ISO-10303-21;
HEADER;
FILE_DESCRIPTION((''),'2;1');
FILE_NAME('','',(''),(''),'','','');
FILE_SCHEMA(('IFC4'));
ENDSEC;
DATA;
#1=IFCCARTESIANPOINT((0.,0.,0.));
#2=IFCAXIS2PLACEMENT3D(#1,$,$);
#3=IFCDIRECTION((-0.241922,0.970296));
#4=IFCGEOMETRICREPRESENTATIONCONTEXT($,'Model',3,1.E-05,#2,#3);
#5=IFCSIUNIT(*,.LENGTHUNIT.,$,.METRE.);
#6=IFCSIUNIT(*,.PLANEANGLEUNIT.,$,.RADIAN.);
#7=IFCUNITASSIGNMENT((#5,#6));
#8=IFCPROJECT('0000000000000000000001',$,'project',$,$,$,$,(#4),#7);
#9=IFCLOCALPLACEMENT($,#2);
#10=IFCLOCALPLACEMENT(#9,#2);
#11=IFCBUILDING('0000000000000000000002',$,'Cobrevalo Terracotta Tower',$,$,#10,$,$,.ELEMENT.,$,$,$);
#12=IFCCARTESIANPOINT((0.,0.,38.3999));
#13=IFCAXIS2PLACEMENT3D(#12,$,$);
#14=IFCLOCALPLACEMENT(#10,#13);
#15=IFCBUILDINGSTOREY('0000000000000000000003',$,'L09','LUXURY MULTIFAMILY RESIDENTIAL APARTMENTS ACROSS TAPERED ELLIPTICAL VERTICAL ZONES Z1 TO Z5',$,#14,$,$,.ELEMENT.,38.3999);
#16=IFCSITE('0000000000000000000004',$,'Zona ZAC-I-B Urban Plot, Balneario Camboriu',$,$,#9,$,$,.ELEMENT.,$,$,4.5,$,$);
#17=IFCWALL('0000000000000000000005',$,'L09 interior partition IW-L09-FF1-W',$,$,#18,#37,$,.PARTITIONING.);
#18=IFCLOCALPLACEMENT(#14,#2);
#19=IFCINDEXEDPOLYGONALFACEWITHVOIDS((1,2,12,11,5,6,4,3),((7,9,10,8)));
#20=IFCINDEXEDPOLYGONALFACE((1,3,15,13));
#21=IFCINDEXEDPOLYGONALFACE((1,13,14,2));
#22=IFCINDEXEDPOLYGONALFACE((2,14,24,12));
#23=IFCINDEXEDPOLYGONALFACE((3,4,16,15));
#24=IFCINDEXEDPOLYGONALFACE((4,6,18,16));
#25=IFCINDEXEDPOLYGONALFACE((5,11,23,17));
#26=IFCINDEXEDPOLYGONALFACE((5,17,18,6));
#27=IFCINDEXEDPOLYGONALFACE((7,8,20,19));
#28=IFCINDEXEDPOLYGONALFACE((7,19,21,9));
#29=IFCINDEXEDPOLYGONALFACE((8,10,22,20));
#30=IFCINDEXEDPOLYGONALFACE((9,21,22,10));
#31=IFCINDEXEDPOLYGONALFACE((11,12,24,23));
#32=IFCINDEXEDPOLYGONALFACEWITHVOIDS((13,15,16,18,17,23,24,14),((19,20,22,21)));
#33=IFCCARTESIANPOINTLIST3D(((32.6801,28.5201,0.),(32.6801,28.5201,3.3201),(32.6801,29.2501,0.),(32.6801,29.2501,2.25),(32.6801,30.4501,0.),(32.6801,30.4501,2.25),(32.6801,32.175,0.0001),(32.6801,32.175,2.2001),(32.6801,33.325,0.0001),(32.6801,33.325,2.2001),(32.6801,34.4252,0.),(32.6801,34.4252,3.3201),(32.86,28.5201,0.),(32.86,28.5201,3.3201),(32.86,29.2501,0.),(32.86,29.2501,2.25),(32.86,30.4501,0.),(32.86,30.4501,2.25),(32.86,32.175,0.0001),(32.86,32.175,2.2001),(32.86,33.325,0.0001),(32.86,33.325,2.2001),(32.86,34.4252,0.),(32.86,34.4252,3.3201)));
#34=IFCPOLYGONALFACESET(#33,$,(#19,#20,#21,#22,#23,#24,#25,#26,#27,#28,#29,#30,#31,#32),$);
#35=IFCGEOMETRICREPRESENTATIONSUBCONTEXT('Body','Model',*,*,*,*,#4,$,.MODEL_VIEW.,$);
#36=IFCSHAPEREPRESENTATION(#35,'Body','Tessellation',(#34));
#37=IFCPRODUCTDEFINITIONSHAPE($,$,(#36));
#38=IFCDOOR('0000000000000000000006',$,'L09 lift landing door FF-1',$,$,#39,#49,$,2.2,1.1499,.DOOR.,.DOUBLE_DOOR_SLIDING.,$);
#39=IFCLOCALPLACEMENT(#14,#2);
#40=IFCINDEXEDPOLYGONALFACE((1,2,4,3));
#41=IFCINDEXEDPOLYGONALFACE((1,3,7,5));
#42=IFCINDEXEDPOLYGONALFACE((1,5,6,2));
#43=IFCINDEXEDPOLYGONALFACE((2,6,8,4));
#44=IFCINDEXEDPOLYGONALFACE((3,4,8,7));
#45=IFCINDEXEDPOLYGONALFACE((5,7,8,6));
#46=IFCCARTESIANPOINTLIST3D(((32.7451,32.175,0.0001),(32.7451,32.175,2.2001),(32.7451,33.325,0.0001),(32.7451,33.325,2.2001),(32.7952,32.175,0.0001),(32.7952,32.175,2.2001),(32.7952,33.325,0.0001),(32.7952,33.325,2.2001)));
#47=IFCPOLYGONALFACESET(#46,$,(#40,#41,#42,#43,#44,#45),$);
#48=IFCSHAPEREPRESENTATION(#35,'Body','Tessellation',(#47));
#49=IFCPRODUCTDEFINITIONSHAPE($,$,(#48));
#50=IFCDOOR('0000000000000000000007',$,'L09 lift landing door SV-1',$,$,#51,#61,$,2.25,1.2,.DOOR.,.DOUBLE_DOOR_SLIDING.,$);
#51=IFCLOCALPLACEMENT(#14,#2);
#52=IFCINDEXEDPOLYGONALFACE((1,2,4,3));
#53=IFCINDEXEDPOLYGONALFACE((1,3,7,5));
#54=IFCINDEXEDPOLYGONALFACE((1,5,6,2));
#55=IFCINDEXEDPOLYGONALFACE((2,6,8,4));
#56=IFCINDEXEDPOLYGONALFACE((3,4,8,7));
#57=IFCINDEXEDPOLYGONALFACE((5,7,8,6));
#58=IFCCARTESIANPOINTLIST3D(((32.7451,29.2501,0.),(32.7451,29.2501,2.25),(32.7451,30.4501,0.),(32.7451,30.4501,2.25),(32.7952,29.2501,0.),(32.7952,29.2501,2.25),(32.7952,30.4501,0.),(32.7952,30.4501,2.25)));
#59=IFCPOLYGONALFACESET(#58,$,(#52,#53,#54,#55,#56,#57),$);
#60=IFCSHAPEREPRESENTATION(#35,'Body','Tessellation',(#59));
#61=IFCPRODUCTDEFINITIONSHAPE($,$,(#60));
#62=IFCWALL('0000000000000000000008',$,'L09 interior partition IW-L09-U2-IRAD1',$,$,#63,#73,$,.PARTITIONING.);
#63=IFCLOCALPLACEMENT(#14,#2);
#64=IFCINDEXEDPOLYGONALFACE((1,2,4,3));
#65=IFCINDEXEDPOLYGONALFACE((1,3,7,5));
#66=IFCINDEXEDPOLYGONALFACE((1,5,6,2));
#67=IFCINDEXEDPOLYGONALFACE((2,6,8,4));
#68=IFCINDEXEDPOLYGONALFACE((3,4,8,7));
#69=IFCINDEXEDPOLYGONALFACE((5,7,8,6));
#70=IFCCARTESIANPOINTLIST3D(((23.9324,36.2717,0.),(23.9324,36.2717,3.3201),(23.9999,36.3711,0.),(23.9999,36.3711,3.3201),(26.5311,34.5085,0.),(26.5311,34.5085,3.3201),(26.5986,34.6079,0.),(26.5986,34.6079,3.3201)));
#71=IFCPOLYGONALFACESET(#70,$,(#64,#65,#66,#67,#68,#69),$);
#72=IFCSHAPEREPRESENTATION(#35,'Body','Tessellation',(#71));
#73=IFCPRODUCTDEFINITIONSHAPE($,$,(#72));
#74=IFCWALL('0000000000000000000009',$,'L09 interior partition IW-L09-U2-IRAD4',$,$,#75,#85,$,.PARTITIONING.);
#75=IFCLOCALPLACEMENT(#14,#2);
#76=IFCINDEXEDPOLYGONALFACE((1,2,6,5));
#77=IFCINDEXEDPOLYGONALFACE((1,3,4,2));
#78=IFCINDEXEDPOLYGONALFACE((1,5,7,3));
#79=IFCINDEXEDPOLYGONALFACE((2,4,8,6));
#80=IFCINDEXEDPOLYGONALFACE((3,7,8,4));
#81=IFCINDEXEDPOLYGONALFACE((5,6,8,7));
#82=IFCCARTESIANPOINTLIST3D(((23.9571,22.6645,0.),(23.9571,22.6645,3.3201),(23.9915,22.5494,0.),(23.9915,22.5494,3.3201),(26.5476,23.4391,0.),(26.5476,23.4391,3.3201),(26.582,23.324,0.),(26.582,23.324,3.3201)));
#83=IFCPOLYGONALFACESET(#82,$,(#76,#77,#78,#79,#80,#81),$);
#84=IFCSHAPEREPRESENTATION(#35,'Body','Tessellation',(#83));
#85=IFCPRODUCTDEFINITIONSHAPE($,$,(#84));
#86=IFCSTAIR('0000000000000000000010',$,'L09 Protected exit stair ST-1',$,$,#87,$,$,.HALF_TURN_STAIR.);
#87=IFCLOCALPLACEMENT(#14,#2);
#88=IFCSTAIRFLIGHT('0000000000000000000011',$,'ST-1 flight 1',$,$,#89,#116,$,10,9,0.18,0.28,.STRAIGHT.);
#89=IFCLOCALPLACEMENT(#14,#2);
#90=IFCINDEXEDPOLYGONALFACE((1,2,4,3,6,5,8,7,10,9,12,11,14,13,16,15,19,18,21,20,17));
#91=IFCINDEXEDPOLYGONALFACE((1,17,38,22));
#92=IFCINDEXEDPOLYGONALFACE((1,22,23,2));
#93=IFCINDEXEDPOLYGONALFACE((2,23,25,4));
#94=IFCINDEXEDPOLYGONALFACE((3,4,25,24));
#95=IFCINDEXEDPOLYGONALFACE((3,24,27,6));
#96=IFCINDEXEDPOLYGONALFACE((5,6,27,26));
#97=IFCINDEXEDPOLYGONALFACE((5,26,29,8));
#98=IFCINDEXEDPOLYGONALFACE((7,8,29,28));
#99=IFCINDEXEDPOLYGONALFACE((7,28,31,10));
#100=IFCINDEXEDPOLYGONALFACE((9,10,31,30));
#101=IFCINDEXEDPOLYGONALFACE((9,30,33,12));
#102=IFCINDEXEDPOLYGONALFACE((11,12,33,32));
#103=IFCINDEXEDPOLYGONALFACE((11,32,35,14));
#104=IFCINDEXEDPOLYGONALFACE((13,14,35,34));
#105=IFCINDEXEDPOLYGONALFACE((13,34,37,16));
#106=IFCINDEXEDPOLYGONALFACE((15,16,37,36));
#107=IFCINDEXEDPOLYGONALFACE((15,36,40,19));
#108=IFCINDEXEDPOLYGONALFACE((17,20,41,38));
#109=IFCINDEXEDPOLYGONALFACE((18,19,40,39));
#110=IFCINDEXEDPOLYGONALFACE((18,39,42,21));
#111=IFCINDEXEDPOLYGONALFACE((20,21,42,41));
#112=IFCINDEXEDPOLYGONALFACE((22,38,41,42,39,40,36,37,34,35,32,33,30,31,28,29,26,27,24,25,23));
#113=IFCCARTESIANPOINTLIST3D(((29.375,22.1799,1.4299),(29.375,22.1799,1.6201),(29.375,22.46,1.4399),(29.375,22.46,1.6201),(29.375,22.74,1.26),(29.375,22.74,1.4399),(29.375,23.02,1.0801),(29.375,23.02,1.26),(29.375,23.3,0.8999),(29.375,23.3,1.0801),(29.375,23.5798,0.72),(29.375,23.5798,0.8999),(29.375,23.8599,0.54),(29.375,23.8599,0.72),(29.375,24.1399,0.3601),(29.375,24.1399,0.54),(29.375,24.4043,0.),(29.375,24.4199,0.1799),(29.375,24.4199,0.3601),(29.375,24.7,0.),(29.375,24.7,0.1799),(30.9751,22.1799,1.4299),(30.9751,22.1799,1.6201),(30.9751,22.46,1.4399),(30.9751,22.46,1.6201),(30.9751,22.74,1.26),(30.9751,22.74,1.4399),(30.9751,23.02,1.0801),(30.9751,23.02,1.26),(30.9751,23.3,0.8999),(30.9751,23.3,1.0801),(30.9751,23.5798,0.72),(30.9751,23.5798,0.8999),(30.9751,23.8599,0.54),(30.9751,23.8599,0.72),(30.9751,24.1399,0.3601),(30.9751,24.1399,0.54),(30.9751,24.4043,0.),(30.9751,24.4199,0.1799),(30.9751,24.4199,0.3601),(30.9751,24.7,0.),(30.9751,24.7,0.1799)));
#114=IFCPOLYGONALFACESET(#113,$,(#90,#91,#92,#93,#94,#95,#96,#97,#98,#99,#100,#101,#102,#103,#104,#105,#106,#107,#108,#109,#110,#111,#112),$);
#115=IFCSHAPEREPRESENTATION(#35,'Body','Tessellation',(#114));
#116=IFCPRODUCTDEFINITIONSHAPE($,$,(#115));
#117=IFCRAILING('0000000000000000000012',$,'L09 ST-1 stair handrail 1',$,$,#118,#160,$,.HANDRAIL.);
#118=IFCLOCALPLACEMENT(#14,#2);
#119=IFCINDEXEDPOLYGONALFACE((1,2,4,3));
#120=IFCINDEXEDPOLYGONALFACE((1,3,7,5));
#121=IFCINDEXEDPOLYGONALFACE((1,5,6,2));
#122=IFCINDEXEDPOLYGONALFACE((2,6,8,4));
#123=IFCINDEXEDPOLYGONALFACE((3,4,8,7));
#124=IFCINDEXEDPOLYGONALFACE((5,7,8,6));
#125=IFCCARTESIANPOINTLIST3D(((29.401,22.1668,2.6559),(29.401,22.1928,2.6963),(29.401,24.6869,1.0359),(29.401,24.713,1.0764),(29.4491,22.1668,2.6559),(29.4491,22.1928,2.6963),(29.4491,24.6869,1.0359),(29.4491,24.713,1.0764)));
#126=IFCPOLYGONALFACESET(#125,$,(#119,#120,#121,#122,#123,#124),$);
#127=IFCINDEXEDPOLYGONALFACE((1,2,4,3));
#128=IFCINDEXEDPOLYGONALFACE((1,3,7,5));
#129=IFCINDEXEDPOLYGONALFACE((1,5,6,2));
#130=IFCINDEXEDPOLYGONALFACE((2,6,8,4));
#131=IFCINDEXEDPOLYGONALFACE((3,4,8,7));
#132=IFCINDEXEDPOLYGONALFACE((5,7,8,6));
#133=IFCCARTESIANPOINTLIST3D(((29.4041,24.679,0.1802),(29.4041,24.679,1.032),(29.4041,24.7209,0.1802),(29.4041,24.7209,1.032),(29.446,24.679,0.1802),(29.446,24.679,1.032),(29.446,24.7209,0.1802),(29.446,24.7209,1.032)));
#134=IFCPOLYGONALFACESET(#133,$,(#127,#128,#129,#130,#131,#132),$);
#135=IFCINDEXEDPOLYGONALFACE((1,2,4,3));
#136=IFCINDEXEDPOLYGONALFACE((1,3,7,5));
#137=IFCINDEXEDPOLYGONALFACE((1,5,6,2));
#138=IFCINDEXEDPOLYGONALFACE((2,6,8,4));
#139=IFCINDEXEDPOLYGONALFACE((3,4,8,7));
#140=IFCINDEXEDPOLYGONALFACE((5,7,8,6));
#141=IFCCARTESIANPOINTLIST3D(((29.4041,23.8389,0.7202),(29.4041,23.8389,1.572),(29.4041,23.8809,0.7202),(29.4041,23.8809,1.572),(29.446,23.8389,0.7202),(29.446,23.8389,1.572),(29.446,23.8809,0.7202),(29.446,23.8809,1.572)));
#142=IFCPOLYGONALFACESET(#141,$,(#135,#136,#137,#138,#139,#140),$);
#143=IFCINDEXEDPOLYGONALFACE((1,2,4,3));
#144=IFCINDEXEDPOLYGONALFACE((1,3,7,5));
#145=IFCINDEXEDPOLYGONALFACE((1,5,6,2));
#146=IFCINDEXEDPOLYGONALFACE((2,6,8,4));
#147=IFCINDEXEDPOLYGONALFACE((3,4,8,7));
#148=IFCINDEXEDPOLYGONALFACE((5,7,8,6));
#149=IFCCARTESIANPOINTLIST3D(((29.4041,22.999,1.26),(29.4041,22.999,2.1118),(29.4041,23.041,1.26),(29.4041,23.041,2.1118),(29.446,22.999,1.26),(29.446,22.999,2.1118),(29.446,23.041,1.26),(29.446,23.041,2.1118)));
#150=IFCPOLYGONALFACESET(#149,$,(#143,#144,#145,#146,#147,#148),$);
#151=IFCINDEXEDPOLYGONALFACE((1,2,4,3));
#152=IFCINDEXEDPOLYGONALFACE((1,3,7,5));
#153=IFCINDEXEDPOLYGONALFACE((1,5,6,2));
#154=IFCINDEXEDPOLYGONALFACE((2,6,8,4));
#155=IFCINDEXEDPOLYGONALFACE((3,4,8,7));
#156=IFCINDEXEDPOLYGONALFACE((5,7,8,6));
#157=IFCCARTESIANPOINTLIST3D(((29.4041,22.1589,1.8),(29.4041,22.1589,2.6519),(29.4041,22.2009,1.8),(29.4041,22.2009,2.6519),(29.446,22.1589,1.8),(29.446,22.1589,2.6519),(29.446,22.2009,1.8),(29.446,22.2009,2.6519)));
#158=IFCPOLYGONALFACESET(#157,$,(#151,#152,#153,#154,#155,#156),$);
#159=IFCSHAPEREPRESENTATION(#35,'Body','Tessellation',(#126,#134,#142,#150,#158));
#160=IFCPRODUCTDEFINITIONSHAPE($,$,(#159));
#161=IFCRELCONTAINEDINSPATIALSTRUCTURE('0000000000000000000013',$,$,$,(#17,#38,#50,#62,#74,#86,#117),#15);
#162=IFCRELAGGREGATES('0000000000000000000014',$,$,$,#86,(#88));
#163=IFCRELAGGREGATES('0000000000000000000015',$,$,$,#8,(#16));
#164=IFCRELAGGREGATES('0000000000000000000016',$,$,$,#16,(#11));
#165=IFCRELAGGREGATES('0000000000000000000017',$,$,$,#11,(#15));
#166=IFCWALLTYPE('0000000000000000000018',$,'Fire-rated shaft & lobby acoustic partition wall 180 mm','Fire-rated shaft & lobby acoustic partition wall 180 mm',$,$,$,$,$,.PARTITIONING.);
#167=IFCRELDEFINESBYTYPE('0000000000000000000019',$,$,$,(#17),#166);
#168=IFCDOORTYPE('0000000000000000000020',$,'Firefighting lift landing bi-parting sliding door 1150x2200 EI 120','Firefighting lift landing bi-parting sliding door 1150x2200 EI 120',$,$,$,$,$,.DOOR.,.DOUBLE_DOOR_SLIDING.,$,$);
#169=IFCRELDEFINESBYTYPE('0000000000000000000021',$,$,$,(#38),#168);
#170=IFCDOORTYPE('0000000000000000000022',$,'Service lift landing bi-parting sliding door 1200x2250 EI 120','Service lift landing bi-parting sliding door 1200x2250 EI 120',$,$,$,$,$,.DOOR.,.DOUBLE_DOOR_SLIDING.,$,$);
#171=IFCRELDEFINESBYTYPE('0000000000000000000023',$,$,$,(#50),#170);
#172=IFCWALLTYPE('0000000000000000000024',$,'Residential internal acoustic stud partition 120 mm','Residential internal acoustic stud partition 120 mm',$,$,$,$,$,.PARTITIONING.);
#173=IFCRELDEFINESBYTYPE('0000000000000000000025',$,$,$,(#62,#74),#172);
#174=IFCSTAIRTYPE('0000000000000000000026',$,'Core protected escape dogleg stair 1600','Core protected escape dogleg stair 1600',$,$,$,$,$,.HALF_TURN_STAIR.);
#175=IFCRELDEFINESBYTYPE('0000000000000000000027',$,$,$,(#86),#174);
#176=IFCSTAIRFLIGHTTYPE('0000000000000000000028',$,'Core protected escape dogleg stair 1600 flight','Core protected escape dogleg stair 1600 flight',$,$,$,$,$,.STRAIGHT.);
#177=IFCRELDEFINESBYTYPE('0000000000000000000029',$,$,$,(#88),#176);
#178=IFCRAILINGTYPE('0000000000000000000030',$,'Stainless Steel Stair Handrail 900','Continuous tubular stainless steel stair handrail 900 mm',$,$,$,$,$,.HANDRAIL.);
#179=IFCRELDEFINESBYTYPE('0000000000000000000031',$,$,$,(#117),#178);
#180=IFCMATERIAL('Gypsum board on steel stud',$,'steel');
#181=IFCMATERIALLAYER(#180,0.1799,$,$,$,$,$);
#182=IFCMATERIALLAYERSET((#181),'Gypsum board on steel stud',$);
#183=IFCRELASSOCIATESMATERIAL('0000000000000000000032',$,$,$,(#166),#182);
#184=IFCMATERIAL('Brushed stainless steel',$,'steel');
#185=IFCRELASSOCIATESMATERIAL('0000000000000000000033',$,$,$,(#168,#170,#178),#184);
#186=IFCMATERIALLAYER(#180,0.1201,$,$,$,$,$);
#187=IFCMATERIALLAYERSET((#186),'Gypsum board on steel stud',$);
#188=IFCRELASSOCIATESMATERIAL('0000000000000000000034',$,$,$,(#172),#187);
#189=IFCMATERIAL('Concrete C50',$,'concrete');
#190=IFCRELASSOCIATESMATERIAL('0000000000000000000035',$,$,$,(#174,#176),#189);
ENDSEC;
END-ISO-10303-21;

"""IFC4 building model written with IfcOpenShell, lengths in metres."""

from ifc_helpers import new_model, si_unit, direction, frame, frame_2d, origin, origin_2d, place, context, subcontext, project, spatial, polyline, rectangle, outline, extrude, source, transform, mapped, material, layer, layer_set, type_object, element, fill, aggregate, save


model = new_model("IFC4")

# Units and contexts
model_context = context("Model", 3, precision=1e-05, world=origin(), true_north=direction((-0.241922, 0.970296)))
body_context = subcontext(model_context, "Body", "Model", "MODEL_VIEW")
ifc_project = project(units=[si_unit("LENGTHUNIT", "METRE"), si_unit("PLANEANGLEUNIT", "RADIAN")], contexts=[model_context])

# Site, building, storey
site_placement = place(None, origin())
site = spatial("IfcSite", under=ifc_project, at=site_placement, Name="Zona ZAC-I-B Urban Plot, Balneario Camboriu", CompositionType="ELEMENT", RefElevation=4.5)
building_placement = place(site_placement, origin())
building = spatial("IfcBuilding", under=site, at=building_placement, Name="Cobrevalo Terracotta Tower", CompositionType="ELEMENT")
storey_placement = place(building_placement, frame((0.0, 0.0, 38.3999)))
storey = spatial("IfcBuildingStorey", under=building, at=storey_placement, Name="L09", Description="LUXURY MULTIFAMILY RESIDENTIAL APARTMENTS ACROSS TAPERED ELLIPTICAL VERTICAL ZONES Z1 TO Z5", CompositionType="ELEMENT", Elevation=38.3999)

# Shared definitions
ifc_material_1 = material(Name="Gypsum board on steel stud", Category="steel")

# Shared definitions
ifc_layer_1 = layer(ifc_material_1, 0.1799)
ifc_layer_set_1 = layer_set([ifc_layer_1], Name="Gypsum board on steel stud")
wall_type_1 = type_object("IfcWallType", Name="Fire-rated shaft & lobby acoustic partition wall 180 mm", Description="Fire-rated shaft & lobby acoustic partition wall 180 mm", PredefinedType="PARTITIONING", material=ifc_layer_set_1)

# Wall, openings, doors
wall_1_placement = place(storey_placement, frame((32.77, 28.52, 0.0), z_axis=(0.0, 0.0, 1.0), x_axis=(0.0, 1.0, 0.0)))
wall_1 = element("IfcWall", 1, at=wall_1_placement, inside=storey, type_object=wall_type_1, Name="L09 interior partition IW-L09-FF1-W", PredefinedType="PARTITIONING", context=body_context, shape_type="SweptSolid", body=[
    extrude(rectangle(XDim=5.905, YDim=0.1799, at=frame_2d((2.9526, 0.0))), origin(), (0.0, 0.0, 1.0), 3.3201),
])
opening_1_placement = place(wall_1_placement, frame((3.655, 0.0, 0.0)))
opening_1 = element("IfcOpeningElement", 2, at=opening_1_placement, cuts=wall_1, PredefinedType="OPENING", context=body_context, shape_type="SweptSolid", body=[
    extrude(rectangle(XDim=1.1499, YDim=2.2, at=frame_2d((0.575, 1.1001))), frame((0.0, 0.1001, 0.0), z_axis=(0.0, -1.0, 0.0), x_axis=(1.0, 0.0, 0.0)), (0.0, 0.0, 1.0), 0.2),
])
opening_2_placement = place(wall_1_placement, frame((0.73, 0.0, 0.0)))
opening_2 = element("IfcOpeningElement", 3, at=opening_2_placement, cuts=wall_1, PredefinedType="OPENING", context=body_context, shape_type="SweptSolid", body=[
    extrude(rectangle(XDim=1.2, YDim=2.25, at=frame_2d((0.6001, 1.125))), frame((0.0, 0.1001, 0.0), z_axis=(0.0, -1.0, 0.0), x_axis=(1.0, 0.0, 0.0)), (0.0, 0.0, 1.0), 0.2),
])
ifc_material_2 = material(Name="Brushed stainless steel", Category="steel")
door_type_1 = type_object("IfcDoorType", Name="Firefighting lift landing bi-parting sliding door 1150x2200 EI 120", Description="Firefighting lift landing bi-parting sliding door 1150x2200 EI 120", OperationType="DOUBLE_DOOR_SLIDING", PredefinedType="DOOR", material=ifc_material_2)
shared_shape_1 = source(origin(), body_context, "Body", "SweptSolid", [
    extrude(rectangle(XDim=1.1499, YDim=2.2, at=frame_2d((0.575, 1.1001))), frame((0.0, 0.0249, 0.0), z_axis=(0.0, -1.0, 0.0), x_axis=(1.0, 0.0, 0.0)), (0.0, 0.0, 1.0), 0.05),
])
door_1_placement = place(opening_1_placement, origin())
door_1 = element("IfcDoor", 4, at=door_1_placement, inside=storey, type_object=door_type_1, Name="L09 lift landing door FF-1", OperationType="DOUBLE_DOOR_SLIDING", OverallHeight=2.2, OverallWidth=1.1499, PredefinedType="DOOR", context=body_context, shape_type="MappedRepresentation", body=[
    mapped(shared_shape_1, transform((0.0, 0.0, 0.0), scale=1.0)),
])
fill(opening_1, door_1)
door_type_2 = type_object("IfcDoorType", Name="Service lift landing bi-parting sliding door 1200x2250 EI 120", Description="Service lift landing bi-parting sliding door 1200x2250 EI 120", OperationType="DOUBLE_DOOR_SLIDING", PredefinedType="DOOR", material=ifc_material_2)
shared_shape_2 = source(origin(), body_context, "Body", "SweptSolid", [
    extrude(rectangle(XDim=1.2, YDim=2.25, at=frame_2d((0.6001, 1.125))), frame((0.0, 0.0249, 0.0), z_axis=(0.0, -1.0, 0.0), x_axis=(1.0, 0.0, 0.0)), (0.0, 0.0, 1.0), 0.05),
])
door_2_placement = place(opening_2_placement, origin())
door_2 = element("IfcDoor", 5, at=door_2_placement, inside=storey, type_object=door_type_2, Name="L09 lift landing door SV-1", OperationType="DOUBLE_DOOR_SLIDING", OverallHeight=2.25, OverallWidth=1.2, PredefinedType="DOOR", context=body_context, shape_type="MappedRepresentation", body=[
    mapped(shared_shape_2, transform((0.0, 0.0, 0.0), scale=1.0)),
])
fill(opening_2, door_2)

# Wall
ifc_layer_2 = layer(ifc_material_1, 0.1201)
ifc_layer_set_2 = layer_set([ifc_layer_2], Name="Gypsum board on steel stud")
wall_type_2 = type_object("IfcWallType", Name="Residential internal acoustic stud partition 120 mm", Description="Residential internal acoustic stud partition 120 mm", PredefinedType="PARTITIONING", material=ifc_layer_set_2)
wall_2_placement = place(storey_placement, frame((26.5649, 34.5581, 0.0), z_axis=(0.0, 0.0, 1.0), x_axis=(-0.827502, 0.561463, 0.0)))
element("IfcWall", 6, at=wall_2_placement, inside=storey, type_object=wall_type_2, Name="L09 interior partition IW-L09-U2-IRAD1", PredefinedType="PARTITIONING", context=body_context, shape_type="SweptSolid", body=[
    extrude(rectangle(XDim=3.1404, YDim=0.1201, at=frame_2d((1.5703, 0.0))), origin(), (0.0, 0.0, 1.0), 3.3201),
])

# Wall
wall_3_placement = place(storey_placement, frame((26.5649, 23.3816, 0.0), z_axis=(0.0, 0.0, 1.0), x_axis=(-0.958082, -0.286495, 0.0)))
element("IfcWall", 7, at=wall_3_placement, inside=storey, type_object=wall_type_2, Name="L09 interior partition IW-L09-U2-IRAD4", PredefinedType="PARTITIONING", context=body_context, shape_type="SweptSolid", body=[
    extrude(rectangle(XDim=2.7039, YDim=0.1201, at=frame_2d((1.3521, 0.0))), origin(), (0.0, 0.0, 1.0), 3.3201),
])

# Shared definitions
ifc_material_3 = material(Name="Concrete C50", Category="concrete")

# Stair, stair flight
stair_type = type_object("IfcStairType", Name="Core protected escape dogleg stair 1600", Description="Core protected escape dogleg stair 1600", PredefinedType="HALF_TURN_STAIR", material=ifc_material_3)
stair_placement = place(storey_placement, origin())
stair = element("IfcStair", 8, at=stair_placement, inside=storey, type_object=stair_type, Name="L09 Protected exit stair ST-1", PredefinedType="HALF_TURN_STAIR")
stair_flight_type = type_object("IfcStairFlightType", Name="Core protected escape dogleg stair 1600 flight", Description="Core protected escape dogleg stair 1600 flight", PredefinedType="STRAIGHT", material=ifc_material_3)
stair_flight_placement = place(storey_placement, frame((30.175, 24.7, 0.0), z_axis=(0.0, 0.0, 1.0), x_axis=(0.0, -1.0, 0.0)))
stair_flight = element("IfcStairFlight", 9, at=stair_flight_placement, type_object=stair_flight_type, Name="ST-1 flight 1", NumberOfRisers=10, NumberOfTreads=9, PredefinedType="STRAIGHT", RiserHeight=0.18, TreadLength=0.28, context=body_context, shape_type="SweptSolid", body=[
    extrude(outline(polyline([(0.0, 0.0), (0.0, 0.1799), (0.28, 0.1799), (0.28, 0.3601), (0.5601, 0.3601), (0.5601, 0.54), (0.8401, 0.54), (0.8401, 0.72), (1.1201, 0.72), (1.1201, 0.8999), (1.3999, 0.8999), (1.3999, 1.0801), (1.6799, 1.0801), (1.6799, 1.26), (1.96, 1.26), (1.96, 1.4399), (2.24, 1.4399), (2.24, 1.6201), (2.52, 1.6201), (2.52, 1.8), (2.52, 1.4299), (0.2957, 0.0), (0.0, 0.0)])), frame((0.0, 0.8, 0.0), z_axis=(0.0, -1.0, 0.0), x_axis=(1.0, 0.0, 0.0)), (0.0, 0.0, 1.0), 1.6001),
])
aggregate(stair, [stair_flight])

# Railing
railing_type_1 = type_object("IfcRailingType", Name="Stainless Steel Stair Handrail 900", Description="Continuous tubular stainless steel stair handrail 900 mm", PredefinedType="HANDRAIL", material=ifc_material_2)
railing_1_placement = place(storey_placement, frame((29.425, 24.7, 0.1802)))
element("IfcRailing", 10, at=railing_1_placement, inside=storey, type_object=railing_type_1, Name="L09 ST-1 stair handrail 1", PredefinedType="HANDRAIL", context=body_context, shape_type="SweptSolid", body=[
    extrude(rectangle(XDim=0.0481, YDim=0.0481, at=origin_2d()), frame((0.0, 0.0, 0.876), z_axis=(0.0, -0.8412, 0.540725), x_axis=(1.0, 0.0, 0.0)), (0.0, 0.0, 1.0), 2.9958),
    extrude(rectangle(XDim=0.042, YDim=0.042, at=origin_2d()), origin(), (0.0, 0.0, 1.0), 0.8518),
    extrude(rectangle(XDim=0.042, YDim=0.042, at=origin_2d()), frame((0.0, -0.8401, 0.54)), (0.0, 0.0, 1.0), 0.8518),
    extrude(rectangle(XDim=0.042, YDim=0.042, at=origin_2d()), frame((0.0, -1.6799, 1.0798)), (0.0, 0.0, 1.0), 0.8518),
    extrude(rectangle(XDim=0.042, YDim=0.042, at=origin_2d()), frame((0.0, -2.52, 1.6199)), (0.0, 0.0, 1.0), 0.8518),
])

save(model, "model.ifc")
